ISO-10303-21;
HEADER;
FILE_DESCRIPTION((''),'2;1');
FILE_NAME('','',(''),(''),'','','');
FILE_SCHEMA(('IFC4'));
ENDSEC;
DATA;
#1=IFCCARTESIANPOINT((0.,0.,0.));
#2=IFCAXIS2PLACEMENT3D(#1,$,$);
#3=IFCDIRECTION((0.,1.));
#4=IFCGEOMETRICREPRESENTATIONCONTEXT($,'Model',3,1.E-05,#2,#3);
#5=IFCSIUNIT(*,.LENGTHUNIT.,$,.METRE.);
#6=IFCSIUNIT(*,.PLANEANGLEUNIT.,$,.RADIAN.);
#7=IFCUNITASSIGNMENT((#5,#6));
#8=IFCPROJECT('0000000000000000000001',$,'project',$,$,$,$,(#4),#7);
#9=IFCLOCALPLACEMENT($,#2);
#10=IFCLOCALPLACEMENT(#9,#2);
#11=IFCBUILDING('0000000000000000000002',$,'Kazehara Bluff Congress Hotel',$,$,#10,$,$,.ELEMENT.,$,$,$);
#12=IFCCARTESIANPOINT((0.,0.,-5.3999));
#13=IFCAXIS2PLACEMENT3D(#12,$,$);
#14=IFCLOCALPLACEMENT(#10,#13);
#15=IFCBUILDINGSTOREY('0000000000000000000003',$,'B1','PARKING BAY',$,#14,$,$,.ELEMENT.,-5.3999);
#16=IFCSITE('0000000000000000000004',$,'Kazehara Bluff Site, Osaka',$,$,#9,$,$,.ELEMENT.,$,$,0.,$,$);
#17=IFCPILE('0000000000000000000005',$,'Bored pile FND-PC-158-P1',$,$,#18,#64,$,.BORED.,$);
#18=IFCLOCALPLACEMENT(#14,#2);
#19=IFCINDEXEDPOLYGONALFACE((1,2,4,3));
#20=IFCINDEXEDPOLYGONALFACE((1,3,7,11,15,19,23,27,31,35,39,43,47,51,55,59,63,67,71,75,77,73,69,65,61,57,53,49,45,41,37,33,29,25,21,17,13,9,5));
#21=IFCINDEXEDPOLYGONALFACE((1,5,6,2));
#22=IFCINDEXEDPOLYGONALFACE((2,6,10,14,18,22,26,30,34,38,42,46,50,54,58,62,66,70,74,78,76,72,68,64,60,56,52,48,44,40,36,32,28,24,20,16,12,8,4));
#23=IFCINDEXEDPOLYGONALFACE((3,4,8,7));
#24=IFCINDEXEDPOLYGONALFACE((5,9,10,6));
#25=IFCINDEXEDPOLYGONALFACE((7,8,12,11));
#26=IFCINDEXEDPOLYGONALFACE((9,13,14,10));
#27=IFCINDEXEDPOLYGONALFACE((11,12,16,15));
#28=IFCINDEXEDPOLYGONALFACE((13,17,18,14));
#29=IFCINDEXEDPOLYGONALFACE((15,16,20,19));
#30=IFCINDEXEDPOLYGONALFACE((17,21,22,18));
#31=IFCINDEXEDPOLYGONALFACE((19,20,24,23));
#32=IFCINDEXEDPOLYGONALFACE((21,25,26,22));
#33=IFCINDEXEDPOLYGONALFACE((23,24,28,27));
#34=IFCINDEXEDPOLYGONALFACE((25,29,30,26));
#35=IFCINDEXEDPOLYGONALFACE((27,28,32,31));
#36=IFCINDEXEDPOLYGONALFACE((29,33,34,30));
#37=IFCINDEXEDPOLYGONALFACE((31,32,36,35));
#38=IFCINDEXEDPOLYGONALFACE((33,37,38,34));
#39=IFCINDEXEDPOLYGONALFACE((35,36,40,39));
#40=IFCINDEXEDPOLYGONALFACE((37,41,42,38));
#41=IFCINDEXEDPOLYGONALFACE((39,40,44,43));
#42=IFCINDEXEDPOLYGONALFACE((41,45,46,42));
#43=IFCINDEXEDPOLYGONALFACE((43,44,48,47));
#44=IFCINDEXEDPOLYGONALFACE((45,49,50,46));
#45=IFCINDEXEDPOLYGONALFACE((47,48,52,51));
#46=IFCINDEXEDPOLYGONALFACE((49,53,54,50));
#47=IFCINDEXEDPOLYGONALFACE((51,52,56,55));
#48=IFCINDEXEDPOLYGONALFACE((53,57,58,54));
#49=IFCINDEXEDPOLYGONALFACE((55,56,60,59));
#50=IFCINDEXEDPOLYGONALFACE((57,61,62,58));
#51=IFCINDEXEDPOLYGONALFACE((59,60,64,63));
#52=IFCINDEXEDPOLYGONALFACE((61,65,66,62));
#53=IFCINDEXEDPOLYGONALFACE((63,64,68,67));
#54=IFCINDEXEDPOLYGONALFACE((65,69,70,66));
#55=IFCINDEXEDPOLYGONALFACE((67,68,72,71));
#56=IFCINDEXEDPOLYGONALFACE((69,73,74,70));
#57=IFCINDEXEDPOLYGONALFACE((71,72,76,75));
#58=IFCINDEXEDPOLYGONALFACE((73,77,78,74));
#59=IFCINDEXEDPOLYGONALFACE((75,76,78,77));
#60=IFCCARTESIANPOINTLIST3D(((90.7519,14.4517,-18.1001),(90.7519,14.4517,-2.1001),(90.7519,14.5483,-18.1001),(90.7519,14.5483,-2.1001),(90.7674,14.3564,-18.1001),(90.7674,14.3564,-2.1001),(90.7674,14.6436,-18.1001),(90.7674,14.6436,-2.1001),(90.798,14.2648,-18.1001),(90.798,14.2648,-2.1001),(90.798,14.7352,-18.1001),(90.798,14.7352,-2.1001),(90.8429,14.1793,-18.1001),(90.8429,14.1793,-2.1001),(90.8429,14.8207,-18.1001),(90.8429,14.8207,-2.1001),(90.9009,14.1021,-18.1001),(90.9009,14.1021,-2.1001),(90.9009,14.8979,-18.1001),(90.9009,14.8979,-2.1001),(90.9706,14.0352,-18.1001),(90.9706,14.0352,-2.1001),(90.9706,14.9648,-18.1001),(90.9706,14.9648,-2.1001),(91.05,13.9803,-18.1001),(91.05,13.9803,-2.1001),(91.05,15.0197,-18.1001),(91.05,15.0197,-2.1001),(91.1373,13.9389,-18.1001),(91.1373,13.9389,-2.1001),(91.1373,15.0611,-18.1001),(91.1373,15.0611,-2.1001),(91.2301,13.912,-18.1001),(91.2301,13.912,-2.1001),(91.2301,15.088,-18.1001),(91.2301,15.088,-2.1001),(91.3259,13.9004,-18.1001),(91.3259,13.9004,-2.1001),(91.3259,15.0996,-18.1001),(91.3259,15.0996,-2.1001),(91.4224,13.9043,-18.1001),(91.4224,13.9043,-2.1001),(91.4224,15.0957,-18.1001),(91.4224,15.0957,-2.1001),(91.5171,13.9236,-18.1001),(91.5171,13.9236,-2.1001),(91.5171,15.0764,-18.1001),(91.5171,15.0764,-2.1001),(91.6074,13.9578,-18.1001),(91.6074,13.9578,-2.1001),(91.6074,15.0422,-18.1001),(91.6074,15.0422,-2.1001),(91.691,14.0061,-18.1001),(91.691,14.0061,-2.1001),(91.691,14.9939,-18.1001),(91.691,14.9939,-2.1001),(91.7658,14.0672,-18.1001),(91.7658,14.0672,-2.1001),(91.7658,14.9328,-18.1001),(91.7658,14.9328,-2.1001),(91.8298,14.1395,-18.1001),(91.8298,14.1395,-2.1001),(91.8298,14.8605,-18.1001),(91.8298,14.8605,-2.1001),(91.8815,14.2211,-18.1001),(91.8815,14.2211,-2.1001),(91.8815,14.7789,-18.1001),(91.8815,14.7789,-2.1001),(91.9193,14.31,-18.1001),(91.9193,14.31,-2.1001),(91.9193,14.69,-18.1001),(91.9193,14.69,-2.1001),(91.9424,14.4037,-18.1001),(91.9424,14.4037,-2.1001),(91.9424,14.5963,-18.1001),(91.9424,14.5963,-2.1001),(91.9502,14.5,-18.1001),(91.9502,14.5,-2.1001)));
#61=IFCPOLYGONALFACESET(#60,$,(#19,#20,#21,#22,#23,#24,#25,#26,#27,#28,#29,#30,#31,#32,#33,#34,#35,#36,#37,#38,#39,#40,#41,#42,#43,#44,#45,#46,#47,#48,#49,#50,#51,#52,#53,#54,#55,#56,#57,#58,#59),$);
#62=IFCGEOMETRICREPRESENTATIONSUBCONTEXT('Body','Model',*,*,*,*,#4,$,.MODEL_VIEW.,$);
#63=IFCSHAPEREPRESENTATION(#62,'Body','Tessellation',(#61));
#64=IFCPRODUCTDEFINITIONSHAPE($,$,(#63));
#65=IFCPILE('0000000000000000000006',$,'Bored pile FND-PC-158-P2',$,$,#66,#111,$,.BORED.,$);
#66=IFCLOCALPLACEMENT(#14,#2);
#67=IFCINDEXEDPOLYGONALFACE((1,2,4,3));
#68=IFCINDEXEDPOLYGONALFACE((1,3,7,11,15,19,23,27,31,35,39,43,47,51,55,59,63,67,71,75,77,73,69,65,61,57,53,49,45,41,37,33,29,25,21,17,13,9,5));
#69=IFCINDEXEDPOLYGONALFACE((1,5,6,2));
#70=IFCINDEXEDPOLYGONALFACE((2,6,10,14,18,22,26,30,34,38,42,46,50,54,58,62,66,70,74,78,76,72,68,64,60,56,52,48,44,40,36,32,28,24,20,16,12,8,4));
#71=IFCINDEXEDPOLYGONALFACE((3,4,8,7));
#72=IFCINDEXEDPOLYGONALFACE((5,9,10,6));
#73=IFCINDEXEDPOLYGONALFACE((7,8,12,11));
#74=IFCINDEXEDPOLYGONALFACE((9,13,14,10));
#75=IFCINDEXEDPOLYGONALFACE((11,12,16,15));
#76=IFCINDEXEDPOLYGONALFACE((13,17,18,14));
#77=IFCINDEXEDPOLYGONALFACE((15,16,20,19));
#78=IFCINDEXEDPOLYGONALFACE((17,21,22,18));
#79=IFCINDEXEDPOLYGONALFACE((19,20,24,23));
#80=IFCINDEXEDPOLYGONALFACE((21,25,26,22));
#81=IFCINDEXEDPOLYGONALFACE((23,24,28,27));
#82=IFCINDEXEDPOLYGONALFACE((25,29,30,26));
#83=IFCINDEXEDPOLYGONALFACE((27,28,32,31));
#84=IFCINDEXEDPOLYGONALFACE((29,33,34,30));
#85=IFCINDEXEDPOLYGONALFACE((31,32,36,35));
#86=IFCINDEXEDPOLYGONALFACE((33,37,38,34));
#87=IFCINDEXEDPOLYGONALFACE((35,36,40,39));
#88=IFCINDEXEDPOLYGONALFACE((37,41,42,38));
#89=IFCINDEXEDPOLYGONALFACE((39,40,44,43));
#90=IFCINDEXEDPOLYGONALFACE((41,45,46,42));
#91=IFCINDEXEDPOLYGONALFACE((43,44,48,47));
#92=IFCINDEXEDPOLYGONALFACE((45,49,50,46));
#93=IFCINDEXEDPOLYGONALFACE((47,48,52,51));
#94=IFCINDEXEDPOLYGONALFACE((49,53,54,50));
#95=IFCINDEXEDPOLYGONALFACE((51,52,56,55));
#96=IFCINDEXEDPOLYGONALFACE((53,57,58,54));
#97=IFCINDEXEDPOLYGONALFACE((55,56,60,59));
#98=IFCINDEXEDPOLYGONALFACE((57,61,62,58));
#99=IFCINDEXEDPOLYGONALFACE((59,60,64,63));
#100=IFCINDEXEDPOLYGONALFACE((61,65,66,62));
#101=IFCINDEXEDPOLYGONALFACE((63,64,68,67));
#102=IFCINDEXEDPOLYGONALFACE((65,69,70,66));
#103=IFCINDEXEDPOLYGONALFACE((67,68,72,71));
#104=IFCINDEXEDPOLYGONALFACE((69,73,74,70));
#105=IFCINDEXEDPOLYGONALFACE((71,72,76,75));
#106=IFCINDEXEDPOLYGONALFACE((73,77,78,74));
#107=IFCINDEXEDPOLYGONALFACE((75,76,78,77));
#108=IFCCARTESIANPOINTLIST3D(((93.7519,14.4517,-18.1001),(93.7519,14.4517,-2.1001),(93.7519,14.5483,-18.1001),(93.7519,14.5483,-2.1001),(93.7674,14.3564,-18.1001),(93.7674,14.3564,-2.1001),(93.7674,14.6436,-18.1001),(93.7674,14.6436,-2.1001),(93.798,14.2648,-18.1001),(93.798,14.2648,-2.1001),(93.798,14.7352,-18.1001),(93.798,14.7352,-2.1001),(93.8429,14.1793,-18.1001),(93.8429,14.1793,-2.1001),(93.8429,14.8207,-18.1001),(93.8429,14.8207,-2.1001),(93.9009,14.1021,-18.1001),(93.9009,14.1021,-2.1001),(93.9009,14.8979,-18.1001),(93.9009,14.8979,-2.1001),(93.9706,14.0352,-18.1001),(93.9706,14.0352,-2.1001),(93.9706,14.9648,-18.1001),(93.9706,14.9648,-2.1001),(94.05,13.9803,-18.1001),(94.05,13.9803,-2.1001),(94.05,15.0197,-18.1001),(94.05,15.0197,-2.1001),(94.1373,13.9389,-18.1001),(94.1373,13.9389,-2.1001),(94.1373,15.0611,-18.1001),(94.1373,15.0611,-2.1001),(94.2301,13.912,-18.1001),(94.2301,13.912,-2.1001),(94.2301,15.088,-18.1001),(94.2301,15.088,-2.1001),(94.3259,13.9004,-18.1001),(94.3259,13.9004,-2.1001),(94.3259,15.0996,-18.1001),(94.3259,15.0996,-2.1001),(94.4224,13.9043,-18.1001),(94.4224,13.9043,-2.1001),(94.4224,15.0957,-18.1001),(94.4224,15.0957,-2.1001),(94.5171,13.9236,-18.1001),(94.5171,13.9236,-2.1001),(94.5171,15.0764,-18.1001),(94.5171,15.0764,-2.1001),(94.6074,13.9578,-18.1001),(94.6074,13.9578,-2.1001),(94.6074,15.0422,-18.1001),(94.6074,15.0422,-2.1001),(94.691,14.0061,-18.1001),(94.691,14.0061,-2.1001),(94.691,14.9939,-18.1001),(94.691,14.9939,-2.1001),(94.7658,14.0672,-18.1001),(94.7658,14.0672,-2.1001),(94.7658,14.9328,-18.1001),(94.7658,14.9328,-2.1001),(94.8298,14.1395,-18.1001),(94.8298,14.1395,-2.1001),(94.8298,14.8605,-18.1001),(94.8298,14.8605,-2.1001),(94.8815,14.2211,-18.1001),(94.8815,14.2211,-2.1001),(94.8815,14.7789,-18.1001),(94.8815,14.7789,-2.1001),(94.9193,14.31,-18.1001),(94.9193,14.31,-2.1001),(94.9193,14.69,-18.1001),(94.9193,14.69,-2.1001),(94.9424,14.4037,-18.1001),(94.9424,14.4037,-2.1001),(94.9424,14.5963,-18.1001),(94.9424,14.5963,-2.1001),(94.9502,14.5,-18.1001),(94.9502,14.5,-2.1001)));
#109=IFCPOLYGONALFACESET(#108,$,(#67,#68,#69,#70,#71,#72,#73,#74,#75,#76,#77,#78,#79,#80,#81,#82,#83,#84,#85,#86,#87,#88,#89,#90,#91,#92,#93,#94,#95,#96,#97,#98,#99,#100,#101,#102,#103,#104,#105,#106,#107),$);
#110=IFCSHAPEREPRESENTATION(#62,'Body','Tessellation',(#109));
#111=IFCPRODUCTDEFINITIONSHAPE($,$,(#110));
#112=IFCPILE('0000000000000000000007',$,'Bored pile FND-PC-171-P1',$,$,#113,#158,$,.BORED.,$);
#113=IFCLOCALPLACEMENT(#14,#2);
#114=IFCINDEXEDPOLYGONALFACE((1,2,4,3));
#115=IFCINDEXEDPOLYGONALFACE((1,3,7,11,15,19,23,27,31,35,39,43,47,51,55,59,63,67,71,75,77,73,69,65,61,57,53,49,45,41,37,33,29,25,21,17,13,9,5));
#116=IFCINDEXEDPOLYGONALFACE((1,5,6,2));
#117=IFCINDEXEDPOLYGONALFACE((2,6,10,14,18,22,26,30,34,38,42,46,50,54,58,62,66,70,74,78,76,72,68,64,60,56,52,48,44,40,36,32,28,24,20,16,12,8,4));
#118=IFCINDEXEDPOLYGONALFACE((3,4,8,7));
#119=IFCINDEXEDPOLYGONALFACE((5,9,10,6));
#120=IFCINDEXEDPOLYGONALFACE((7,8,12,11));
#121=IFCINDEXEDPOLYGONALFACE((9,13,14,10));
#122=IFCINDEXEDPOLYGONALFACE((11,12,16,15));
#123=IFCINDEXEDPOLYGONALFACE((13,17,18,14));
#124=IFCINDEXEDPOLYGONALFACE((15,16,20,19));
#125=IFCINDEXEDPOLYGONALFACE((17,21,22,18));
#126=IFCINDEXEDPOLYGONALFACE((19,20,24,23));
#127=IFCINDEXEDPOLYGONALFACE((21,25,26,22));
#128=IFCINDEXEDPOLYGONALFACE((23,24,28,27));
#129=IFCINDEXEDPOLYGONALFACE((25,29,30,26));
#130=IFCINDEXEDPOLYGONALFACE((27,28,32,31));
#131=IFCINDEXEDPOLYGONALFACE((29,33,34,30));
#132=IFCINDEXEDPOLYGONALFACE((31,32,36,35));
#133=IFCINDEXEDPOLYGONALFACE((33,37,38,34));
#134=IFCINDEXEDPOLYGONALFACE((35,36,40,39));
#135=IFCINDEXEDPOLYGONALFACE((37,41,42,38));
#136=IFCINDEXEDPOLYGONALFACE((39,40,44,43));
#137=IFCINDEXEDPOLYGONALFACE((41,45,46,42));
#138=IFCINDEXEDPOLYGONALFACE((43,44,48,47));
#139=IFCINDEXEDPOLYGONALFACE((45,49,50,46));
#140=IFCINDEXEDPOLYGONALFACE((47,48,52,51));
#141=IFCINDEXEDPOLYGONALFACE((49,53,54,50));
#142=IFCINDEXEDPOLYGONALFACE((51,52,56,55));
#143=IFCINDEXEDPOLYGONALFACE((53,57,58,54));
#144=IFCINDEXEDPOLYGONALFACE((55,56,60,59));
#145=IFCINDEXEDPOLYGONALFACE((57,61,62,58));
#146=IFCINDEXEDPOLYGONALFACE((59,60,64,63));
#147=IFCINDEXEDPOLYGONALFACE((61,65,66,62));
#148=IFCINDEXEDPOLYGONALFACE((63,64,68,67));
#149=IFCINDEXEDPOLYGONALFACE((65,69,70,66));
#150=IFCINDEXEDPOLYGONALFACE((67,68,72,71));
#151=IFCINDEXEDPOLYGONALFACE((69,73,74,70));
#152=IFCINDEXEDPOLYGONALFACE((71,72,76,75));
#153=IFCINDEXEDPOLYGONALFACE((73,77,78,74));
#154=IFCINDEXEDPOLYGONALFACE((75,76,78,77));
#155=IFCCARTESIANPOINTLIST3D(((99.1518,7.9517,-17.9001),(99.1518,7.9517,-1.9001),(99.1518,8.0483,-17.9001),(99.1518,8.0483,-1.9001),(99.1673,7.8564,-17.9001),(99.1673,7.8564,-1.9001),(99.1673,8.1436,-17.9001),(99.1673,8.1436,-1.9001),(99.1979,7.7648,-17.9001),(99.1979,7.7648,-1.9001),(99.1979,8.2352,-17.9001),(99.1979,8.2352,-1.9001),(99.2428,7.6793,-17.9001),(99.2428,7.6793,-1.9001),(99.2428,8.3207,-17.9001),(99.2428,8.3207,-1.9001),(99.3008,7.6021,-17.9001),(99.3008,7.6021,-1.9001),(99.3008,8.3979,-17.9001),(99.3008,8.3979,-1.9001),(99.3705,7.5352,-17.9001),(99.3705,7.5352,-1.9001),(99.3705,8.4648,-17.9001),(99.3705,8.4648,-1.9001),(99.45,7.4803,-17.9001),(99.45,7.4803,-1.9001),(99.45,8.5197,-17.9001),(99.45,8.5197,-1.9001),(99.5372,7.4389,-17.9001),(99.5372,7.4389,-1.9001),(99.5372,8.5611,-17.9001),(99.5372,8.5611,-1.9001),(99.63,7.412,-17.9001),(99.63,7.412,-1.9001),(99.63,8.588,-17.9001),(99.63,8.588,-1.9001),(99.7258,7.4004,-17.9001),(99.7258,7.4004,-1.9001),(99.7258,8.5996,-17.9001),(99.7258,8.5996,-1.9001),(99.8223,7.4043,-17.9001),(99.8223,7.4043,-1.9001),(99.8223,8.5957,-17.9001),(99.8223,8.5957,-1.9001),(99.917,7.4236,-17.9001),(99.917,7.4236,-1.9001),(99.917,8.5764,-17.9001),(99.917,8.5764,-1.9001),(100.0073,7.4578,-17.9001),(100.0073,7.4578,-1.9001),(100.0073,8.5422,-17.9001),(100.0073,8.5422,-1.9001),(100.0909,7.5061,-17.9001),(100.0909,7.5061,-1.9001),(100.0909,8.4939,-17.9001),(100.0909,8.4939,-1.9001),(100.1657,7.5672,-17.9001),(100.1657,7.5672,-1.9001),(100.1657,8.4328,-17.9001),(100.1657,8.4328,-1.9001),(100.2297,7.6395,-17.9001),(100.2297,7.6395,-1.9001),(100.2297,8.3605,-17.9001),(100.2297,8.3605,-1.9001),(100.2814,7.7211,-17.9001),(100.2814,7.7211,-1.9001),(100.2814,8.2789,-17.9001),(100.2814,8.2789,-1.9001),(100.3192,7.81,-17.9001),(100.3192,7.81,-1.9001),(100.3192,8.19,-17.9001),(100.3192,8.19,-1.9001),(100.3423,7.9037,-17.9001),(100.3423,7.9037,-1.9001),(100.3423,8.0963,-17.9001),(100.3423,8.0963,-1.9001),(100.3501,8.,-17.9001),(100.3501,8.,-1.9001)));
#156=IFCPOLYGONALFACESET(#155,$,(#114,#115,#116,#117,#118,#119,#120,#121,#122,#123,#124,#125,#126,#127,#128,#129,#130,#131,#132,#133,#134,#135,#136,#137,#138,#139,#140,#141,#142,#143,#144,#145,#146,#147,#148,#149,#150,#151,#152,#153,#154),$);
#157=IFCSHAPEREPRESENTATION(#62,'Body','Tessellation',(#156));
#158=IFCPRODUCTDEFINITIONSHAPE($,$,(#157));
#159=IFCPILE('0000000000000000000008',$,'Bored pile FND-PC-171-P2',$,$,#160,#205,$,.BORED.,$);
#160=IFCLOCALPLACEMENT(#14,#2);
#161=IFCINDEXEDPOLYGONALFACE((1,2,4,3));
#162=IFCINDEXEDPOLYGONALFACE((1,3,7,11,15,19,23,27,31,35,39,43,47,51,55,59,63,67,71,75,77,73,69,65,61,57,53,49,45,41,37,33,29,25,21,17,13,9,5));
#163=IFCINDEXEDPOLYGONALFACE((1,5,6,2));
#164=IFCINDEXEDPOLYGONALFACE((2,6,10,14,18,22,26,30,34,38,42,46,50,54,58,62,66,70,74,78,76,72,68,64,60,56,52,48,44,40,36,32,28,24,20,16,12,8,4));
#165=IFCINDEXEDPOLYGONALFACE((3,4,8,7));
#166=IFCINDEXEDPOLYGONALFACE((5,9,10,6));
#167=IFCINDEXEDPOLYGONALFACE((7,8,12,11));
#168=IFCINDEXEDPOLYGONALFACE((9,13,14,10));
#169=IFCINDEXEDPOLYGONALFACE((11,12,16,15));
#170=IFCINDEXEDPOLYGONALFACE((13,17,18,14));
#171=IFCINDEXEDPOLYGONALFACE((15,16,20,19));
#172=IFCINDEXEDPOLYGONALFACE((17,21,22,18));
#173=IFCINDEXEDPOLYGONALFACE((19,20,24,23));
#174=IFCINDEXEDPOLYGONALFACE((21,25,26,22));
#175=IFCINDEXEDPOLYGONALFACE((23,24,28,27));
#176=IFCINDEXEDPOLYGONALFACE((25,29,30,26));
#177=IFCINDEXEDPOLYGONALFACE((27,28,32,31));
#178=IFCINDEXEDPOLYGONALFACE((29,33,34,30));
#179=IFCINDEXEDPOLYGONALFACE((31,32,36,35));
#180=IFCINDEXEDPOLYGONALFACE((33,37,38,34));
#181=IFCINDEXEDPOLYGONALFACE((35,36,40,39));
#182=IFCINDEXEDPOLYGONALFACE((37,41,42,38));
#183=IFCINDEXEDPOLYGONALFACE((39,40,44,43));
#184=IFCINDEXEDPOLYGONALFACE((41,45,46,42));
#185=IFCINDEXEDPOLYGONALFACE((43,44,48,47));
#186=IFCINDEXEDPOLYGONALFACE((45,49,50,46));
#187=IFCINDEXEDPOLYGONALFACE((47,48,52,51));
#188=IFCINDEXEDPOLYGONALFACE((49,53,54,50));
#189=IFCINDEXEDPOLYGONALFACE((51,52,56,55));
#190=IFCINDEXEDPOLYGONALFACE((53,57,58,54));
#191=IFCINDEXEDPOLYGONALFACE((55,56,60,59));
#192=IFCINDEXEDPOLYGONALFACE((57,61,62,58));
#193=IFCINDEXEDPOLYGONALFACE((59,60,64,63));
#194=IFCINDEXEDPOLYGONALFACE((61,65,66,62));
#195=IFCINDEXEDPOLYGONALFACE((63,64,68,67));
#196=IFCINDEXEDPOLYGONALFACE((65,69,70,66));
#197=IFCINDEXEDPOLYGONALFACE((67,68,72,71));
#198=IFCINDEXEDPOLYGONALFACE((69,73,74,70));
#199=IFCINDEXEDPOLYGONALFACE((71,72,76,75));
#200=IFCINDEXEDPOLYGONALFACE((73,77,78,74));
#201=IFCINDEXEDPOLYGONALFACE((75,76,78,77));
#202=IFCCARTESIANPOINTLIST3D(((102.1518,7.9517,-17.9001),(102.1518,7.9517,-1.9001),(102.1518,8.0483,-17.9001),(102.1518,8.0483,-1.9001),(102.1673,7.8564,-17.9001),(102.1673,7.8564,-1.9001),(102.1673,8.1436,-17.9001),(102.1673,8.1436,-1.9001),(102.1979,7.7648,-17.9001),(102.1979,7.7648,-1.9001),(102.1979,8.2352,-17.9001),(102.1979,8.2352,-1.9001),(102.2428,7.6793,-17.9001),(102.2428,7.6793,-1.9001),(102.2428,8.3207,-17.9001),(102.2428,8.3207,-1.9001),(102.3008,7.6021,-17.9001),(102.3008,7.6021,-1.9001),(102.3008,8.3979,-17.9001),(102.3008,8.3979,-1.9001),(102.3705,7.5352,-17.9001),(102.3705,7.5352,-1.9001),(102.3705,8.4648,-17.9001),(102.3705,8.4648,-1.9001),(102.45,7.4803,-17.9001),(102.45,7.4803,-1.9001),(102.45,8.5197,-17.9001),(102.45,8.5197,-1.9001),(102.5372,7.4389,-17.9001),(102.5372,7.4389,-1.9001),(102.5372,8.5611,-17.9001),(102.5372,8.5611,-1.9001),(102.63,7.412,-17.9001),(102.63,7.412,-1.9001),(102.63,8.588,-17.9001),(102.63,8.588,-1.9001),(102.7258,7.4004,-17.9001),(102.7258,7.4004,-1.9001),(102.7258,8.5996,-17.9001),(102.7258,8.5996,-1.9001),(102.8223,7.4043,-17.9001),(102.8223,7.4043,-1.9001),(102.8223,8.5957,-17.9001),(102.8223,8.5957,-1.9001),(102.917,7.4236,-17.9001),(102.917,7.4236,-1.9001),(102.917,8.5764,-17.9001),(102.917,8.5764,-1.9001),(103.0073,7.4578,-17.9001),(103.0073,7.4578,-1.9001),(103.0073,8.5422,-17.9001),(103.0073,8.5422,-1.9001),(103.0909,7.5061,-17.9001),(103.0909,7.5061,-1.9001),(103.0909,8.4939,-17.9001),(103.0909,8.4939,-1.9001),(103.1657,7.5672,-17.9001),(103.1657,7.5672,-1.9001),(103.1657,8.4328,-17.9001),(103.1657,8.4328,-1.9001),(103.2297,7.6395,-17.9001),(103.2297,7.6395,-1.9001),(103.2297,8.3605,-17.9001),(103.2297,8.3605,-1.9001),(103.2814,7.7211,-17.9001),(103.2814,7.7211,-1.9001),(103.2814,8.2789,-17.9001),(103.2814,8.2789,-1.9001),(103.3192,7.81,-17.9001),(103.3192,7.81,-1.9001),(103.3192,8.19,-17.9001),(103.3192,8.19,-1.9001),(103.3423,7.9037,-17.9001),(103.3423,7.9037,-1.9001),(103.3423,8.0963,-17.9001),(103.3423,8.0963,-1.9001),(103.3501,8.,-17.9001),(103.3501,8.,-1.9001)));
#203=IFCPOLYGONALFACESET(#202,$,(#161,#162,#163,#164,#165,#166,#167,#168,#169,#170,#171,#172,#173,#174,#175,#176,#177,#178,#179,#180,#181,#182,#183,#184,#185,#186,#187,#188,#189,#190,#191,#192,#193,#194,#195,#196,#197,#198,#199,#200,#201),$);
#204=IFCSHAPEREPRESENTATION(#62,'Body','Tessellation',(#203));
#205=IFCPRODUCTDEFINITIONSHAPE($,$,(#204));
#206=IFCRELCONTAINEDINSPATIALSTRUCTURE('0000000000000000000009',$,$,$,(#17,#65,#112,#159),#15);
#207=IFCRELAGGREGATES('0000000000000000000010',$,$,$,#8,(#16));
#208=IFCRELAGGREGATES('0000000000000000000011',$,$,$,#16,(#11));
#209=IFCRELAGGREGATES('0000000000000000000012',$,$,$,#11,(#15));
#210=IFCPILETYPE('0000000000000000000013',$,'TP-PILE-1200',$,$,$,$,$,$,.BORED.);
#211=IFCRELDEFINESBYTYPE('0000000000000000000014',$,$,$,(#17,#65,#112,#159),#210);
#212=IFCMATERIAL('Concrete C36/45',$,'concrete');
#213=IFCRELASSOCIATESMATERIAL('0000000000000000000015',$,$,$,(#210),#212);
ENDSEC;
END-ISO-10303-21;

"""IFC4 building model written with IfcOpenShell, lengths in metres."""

from ifc_helpers import new_model, si_unit, direction, frame, origin, origin_2d, place, context, subcontext, project, spatial, circle, extrude, material, material_profile, profile_set, type_object, element, save


model = new_model("IFC4")

# Units and contexts
model_context = context("Model", 3, precision=1e-05, world=origin(), true_north=direction((0.0, 1.0)))
body_context = subcontext(model_context, "Body", "Model", "MODEL_VIEW")
ifc_project = project(units=[si_unit("LENGTHUNIT", "METRE"), si_unit("PLANEANGLEUNIT", "RADIAN")], contexts=[model_context])

# Site, building, storey
site_placement = place(None, origin())
site = spatial("IfcSite", under=ifc_project, at=site_placement, Name="Kazehara Bluff Site, Osaka", CompositionType="ELEMENT", RefElevation=0.0)
building_placement = place(site_placement, origin())
building = spatial("IfcBuilding", under=site, at=building_placement, Name="Kazehara Bluff Congress Hotel", CompositionType="ELEMENT")
storey_placement = place(building_placement, frame((0.0, 0.0, -5.3999)))
storey = spatial("IfcBuildingStorey", under=building, at=storey_placement, Name="B1", Description="PARKING BAY", CompositionType="ELEMENT", Elevation=-5.3999)

# Piles
ifc_material_1 = material(Name="Concrete C36/45", Category="concrete")
ifc_material_profile_1 = material_profile(ifc_material_1, circle(Radius=0.6001, at=origin_2d()))
ifc_profile_set_1 = profile_set([ifc_material_profile_1], Name="Concrete C36/45")
pile_type = type_object("IfcPileType", Name="TP-PILE-1200", PredefinedType="BORED", material=ifc_profile_set_1)
for number, where, z_axis, x_axis, name in (
    (1, (91.3501, 14.5, -2.1001), (0.0, 0.0, -1.0), (1.0, 0.0, 0.0), "Bored pile FND-PC-158-P1"),
    (2, (94.3501, 14.5, -2.1001), (0.0, 0.0, -1.0), (1.0, 0.0, 0.0), "Bored pile FND-PC-158-P2"),
    (3, (99.75, 8.0, -1.9001), (0.0, 0.0, -1.0), (1.0, 0.0, 0.0), "Bored pile FND-PC-171-P1"),
    (4, (102.75, 8.0, -1.9001), (0.0, 0.0, -1.0), (1.0, 0.0, 0.0), "Bored pile FND-PC-171-P2"),
):
    element("IfcPile", number, at=place(storey_placement, frame(where, z_axis=z_axis, x_axis=x_axis)), inside=storey, type_object=pile_type, Name=name, PredefinedType="BORED", context=body_context, shape_type="SweptSolid", body=[
        extrude(circle(Radius=0.6001, at=origin_2d()), origin(), (0.0, 0.0, 1.0), 16.0),
    ])

save(model, "model.ifc")
